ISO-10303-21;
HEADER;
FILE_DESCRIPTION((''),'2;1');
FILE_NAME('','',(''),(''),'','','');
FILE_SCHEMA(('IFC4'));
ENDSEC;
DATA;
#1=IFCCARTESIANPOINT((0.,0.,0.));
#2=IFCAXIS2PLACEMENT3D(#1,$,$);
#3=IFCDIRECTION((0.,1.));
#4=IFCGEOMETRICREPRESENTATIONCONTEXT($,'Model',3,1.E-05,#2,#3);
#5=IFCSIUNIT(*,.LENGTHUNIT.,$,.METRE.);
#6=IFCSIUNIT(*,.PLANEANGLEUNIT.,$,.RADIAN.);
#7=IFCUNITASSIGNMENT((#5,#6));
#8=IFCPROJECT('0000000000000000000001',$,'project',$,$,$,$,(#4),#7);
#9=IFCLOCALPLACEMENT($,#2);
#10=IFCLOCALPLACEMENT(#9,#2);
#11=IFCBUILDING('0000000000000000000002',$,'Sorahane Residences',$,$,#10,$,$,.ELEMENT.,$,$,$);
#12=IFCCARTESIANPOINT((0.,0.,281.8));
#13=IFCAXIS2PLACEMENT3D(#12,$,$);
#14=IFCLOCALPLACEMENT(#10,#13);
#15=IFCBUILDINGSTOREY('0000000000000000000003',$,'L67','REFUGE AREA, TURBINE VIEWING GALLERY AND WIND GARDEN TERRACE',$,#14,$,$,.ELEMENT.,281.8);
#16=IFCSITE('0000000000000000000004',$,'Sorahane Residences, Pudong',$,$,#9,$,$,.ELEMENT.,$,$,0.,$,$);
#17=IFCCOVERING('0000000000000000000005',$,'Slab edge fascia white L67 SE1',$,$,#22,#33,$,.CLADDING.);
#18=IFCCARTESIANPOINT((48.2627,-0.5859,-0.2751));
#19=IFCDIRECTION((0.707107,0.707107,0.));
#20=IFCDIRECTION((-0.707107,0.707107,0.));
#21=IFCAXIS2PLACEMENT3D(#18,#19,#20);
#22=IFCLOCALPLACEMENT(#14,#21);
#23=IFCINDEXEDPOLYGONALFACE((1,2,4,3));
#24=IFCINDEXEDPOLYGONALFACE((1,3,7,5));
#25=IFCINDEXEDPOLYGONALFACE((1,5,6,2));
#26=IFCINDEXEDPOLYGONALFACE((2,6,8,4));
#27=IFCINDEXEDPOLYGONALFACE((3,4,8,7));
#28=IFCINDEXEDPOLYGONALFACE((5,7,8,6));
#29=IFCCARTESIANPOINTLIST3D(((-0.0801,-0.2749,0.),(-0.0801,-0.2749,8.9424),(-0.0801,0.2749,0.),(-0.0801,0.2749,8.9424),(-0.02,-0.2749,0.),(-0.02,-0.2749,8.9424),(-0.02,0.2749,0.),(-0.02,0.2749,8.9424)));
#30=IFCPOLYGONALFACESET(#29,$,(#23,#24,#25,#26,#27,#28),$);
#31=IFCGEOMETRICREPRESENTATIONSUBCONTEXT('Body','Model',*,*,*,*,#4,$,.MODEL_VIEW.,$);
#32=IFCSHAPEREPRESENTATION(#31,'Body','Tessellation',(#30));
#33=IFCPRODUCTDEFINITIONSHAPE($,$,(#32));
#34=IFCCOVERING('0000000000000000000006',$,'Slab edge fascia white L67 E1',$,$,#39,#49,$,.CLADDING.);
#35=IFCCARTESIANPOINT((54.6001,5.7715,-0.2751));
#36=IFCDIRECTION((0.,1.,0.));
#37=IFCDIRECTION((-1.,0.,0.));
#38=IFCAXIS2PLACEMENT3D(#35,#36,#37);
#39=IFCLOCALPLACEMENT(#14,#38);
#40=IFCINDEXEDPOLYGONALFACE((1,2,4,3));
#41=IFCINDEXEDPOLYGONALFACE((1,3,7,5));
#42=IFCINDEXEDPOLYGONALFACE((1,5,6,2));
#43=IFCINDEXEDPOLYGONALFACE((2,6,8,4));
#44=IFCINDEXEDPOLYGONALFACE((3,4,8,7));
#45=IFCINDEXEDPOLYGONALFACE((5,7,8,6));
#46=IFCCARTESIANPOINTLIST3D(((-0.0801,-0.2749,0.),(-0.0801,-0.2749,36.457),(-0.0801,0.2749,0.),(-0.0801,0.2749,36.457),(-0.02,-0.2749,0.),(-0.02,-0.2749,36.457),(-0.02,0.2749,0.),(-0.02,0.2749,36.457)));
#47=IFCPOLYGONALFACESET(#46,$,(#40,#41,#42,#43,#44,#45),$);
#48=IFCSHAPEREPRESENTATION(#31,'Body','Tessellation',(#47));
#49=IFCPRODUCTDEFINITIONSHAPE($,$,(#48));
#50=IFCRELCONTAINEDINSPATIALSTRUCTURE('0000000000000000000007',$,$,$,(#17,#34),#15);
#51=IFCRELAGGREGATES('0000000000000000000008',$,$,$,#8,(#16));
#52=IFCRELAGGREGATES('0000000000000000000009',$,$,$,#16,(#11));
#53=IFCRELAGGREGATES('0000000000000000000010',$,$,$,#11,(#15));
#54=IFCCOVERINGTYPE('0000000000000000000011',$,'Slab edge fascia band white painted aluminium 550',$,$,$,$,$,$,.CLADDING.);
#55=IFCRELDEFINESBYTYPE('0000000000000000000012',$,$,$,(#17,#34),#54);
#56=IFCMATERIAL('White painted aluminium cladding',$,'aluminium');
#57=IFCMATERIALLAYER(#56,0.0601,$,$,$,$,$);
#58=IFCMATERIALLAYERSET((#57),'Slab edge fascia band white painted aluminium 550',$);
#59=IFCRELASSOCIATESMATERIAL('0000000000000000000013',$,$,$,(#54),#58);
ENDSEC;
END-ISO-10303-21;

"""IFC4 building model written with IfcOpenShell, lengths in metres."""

from ifc_helpers import new_model, si_unit, direction, frame, origin, place, context, subcontext, project, spatial, polyline, outline, extrude, material, layer, layer_set, type_object, element, save


model = new_model("IFC4")

# Units and contexts
model_context = context("Model", 3, precision=1e-05, world=origin(), true_north=direction((0.0, 1.0)))
body_context = subcontext(model_context, "Body", "Model", "MODEL_VIEW")
ifc_project = project(units=[si_unit("LENGTHUNIT", "METRE"), si_unit("PLANEANGLEUNIT", "RADIAN")], contexts=[model_context])

# Site, building, storey
site_placement = place(None, origin())
site = spatial("IfcSite", under=ifc_project, at=site_placement, Name="Sorahane Residences, Pudong", CompositionType="ELEMENT", RefElevation=0.0)
building_placement = place(site_placement, origin())
building = spatial("IfcBuilding", under=site, at=building_placement, Name="Sorahane Residences", CompositionType="ELEMENT")
storey_placement = place(building_placement, frame((0.0, 0.0, 281.8)))
storey = spatial("IfcBuildingStorey", under=building, at=storey_placement, Name="L67", Description="REFUGE AREA, TURBINE VIEWING GALLERY AND WIND GARDEN TERRACE", CompositionType="ELEMENT", Elevation=281.8)

# Coverings
ifc_material_1 = material(Name="White painted aluminium cladding", Category="aluminium")
ifc_layer_1 = layer(ifc_material_1, 0.0601)
ifc_layer_set_1 = layer_set([ifc_layer_1], Name="Slab edge fascia band white painted aluminium 550")
covering_type = type_object("IfcCoveringType", Name="Slab edge fascia band white painted aluminium 550", PredefinedType="CLADDING", material=ifc_layer_set_1)
covering_1_placement = place(storey_placement, frame((48.2627, -0.5859, -0.2751), z_axis=(0.707107, 0.707107, 0.0), x_axis=(-0.707107, 0.707107, 0.0)))
element("IfcCovering", 1, at=covering_1_placement, inside=storey, type_object=covering_type, Name="Slab edge fascia white L67 SE1", PredefinedType="CLADDING", context=body_context, shape_type="SweptSolid", body=[
    extrude(outline(polyline([(-0.02, 0.2749), (-0.0801, 0.2749), (-0.0801, -0.2749), (-0.02, -0.2749), (-0.02, 0.2749)])), origin(), (0.0, 0.0, 1.0), 8.9424),
])
covering_2_placement = place(storey_placement, frame((54.6001, 5.7715, -0.2751), z_axis=(0.0, 1.0, 0.0), x_axis=(-1.0, 0.0, 0.0)))
element("IfcCovering", 2, at=covering_2_placement, inside=storey, type_object=covering_type, Name="Slab edge fascia white L67 E1", PredefinedType="CLADDING", context=body_context, shape_type="SweptSolid", body=[
    extrude(outline(polyline([(-0.02, 0.2749), (-0.0801, 0.2749), (-0.0801, -0.2749), (-0.02, -0.2749), (-0.02, 0.2749)])), origin(), (0.0, 0.0, 1.0), 36.457),
])

save(model, "model.ifc")
